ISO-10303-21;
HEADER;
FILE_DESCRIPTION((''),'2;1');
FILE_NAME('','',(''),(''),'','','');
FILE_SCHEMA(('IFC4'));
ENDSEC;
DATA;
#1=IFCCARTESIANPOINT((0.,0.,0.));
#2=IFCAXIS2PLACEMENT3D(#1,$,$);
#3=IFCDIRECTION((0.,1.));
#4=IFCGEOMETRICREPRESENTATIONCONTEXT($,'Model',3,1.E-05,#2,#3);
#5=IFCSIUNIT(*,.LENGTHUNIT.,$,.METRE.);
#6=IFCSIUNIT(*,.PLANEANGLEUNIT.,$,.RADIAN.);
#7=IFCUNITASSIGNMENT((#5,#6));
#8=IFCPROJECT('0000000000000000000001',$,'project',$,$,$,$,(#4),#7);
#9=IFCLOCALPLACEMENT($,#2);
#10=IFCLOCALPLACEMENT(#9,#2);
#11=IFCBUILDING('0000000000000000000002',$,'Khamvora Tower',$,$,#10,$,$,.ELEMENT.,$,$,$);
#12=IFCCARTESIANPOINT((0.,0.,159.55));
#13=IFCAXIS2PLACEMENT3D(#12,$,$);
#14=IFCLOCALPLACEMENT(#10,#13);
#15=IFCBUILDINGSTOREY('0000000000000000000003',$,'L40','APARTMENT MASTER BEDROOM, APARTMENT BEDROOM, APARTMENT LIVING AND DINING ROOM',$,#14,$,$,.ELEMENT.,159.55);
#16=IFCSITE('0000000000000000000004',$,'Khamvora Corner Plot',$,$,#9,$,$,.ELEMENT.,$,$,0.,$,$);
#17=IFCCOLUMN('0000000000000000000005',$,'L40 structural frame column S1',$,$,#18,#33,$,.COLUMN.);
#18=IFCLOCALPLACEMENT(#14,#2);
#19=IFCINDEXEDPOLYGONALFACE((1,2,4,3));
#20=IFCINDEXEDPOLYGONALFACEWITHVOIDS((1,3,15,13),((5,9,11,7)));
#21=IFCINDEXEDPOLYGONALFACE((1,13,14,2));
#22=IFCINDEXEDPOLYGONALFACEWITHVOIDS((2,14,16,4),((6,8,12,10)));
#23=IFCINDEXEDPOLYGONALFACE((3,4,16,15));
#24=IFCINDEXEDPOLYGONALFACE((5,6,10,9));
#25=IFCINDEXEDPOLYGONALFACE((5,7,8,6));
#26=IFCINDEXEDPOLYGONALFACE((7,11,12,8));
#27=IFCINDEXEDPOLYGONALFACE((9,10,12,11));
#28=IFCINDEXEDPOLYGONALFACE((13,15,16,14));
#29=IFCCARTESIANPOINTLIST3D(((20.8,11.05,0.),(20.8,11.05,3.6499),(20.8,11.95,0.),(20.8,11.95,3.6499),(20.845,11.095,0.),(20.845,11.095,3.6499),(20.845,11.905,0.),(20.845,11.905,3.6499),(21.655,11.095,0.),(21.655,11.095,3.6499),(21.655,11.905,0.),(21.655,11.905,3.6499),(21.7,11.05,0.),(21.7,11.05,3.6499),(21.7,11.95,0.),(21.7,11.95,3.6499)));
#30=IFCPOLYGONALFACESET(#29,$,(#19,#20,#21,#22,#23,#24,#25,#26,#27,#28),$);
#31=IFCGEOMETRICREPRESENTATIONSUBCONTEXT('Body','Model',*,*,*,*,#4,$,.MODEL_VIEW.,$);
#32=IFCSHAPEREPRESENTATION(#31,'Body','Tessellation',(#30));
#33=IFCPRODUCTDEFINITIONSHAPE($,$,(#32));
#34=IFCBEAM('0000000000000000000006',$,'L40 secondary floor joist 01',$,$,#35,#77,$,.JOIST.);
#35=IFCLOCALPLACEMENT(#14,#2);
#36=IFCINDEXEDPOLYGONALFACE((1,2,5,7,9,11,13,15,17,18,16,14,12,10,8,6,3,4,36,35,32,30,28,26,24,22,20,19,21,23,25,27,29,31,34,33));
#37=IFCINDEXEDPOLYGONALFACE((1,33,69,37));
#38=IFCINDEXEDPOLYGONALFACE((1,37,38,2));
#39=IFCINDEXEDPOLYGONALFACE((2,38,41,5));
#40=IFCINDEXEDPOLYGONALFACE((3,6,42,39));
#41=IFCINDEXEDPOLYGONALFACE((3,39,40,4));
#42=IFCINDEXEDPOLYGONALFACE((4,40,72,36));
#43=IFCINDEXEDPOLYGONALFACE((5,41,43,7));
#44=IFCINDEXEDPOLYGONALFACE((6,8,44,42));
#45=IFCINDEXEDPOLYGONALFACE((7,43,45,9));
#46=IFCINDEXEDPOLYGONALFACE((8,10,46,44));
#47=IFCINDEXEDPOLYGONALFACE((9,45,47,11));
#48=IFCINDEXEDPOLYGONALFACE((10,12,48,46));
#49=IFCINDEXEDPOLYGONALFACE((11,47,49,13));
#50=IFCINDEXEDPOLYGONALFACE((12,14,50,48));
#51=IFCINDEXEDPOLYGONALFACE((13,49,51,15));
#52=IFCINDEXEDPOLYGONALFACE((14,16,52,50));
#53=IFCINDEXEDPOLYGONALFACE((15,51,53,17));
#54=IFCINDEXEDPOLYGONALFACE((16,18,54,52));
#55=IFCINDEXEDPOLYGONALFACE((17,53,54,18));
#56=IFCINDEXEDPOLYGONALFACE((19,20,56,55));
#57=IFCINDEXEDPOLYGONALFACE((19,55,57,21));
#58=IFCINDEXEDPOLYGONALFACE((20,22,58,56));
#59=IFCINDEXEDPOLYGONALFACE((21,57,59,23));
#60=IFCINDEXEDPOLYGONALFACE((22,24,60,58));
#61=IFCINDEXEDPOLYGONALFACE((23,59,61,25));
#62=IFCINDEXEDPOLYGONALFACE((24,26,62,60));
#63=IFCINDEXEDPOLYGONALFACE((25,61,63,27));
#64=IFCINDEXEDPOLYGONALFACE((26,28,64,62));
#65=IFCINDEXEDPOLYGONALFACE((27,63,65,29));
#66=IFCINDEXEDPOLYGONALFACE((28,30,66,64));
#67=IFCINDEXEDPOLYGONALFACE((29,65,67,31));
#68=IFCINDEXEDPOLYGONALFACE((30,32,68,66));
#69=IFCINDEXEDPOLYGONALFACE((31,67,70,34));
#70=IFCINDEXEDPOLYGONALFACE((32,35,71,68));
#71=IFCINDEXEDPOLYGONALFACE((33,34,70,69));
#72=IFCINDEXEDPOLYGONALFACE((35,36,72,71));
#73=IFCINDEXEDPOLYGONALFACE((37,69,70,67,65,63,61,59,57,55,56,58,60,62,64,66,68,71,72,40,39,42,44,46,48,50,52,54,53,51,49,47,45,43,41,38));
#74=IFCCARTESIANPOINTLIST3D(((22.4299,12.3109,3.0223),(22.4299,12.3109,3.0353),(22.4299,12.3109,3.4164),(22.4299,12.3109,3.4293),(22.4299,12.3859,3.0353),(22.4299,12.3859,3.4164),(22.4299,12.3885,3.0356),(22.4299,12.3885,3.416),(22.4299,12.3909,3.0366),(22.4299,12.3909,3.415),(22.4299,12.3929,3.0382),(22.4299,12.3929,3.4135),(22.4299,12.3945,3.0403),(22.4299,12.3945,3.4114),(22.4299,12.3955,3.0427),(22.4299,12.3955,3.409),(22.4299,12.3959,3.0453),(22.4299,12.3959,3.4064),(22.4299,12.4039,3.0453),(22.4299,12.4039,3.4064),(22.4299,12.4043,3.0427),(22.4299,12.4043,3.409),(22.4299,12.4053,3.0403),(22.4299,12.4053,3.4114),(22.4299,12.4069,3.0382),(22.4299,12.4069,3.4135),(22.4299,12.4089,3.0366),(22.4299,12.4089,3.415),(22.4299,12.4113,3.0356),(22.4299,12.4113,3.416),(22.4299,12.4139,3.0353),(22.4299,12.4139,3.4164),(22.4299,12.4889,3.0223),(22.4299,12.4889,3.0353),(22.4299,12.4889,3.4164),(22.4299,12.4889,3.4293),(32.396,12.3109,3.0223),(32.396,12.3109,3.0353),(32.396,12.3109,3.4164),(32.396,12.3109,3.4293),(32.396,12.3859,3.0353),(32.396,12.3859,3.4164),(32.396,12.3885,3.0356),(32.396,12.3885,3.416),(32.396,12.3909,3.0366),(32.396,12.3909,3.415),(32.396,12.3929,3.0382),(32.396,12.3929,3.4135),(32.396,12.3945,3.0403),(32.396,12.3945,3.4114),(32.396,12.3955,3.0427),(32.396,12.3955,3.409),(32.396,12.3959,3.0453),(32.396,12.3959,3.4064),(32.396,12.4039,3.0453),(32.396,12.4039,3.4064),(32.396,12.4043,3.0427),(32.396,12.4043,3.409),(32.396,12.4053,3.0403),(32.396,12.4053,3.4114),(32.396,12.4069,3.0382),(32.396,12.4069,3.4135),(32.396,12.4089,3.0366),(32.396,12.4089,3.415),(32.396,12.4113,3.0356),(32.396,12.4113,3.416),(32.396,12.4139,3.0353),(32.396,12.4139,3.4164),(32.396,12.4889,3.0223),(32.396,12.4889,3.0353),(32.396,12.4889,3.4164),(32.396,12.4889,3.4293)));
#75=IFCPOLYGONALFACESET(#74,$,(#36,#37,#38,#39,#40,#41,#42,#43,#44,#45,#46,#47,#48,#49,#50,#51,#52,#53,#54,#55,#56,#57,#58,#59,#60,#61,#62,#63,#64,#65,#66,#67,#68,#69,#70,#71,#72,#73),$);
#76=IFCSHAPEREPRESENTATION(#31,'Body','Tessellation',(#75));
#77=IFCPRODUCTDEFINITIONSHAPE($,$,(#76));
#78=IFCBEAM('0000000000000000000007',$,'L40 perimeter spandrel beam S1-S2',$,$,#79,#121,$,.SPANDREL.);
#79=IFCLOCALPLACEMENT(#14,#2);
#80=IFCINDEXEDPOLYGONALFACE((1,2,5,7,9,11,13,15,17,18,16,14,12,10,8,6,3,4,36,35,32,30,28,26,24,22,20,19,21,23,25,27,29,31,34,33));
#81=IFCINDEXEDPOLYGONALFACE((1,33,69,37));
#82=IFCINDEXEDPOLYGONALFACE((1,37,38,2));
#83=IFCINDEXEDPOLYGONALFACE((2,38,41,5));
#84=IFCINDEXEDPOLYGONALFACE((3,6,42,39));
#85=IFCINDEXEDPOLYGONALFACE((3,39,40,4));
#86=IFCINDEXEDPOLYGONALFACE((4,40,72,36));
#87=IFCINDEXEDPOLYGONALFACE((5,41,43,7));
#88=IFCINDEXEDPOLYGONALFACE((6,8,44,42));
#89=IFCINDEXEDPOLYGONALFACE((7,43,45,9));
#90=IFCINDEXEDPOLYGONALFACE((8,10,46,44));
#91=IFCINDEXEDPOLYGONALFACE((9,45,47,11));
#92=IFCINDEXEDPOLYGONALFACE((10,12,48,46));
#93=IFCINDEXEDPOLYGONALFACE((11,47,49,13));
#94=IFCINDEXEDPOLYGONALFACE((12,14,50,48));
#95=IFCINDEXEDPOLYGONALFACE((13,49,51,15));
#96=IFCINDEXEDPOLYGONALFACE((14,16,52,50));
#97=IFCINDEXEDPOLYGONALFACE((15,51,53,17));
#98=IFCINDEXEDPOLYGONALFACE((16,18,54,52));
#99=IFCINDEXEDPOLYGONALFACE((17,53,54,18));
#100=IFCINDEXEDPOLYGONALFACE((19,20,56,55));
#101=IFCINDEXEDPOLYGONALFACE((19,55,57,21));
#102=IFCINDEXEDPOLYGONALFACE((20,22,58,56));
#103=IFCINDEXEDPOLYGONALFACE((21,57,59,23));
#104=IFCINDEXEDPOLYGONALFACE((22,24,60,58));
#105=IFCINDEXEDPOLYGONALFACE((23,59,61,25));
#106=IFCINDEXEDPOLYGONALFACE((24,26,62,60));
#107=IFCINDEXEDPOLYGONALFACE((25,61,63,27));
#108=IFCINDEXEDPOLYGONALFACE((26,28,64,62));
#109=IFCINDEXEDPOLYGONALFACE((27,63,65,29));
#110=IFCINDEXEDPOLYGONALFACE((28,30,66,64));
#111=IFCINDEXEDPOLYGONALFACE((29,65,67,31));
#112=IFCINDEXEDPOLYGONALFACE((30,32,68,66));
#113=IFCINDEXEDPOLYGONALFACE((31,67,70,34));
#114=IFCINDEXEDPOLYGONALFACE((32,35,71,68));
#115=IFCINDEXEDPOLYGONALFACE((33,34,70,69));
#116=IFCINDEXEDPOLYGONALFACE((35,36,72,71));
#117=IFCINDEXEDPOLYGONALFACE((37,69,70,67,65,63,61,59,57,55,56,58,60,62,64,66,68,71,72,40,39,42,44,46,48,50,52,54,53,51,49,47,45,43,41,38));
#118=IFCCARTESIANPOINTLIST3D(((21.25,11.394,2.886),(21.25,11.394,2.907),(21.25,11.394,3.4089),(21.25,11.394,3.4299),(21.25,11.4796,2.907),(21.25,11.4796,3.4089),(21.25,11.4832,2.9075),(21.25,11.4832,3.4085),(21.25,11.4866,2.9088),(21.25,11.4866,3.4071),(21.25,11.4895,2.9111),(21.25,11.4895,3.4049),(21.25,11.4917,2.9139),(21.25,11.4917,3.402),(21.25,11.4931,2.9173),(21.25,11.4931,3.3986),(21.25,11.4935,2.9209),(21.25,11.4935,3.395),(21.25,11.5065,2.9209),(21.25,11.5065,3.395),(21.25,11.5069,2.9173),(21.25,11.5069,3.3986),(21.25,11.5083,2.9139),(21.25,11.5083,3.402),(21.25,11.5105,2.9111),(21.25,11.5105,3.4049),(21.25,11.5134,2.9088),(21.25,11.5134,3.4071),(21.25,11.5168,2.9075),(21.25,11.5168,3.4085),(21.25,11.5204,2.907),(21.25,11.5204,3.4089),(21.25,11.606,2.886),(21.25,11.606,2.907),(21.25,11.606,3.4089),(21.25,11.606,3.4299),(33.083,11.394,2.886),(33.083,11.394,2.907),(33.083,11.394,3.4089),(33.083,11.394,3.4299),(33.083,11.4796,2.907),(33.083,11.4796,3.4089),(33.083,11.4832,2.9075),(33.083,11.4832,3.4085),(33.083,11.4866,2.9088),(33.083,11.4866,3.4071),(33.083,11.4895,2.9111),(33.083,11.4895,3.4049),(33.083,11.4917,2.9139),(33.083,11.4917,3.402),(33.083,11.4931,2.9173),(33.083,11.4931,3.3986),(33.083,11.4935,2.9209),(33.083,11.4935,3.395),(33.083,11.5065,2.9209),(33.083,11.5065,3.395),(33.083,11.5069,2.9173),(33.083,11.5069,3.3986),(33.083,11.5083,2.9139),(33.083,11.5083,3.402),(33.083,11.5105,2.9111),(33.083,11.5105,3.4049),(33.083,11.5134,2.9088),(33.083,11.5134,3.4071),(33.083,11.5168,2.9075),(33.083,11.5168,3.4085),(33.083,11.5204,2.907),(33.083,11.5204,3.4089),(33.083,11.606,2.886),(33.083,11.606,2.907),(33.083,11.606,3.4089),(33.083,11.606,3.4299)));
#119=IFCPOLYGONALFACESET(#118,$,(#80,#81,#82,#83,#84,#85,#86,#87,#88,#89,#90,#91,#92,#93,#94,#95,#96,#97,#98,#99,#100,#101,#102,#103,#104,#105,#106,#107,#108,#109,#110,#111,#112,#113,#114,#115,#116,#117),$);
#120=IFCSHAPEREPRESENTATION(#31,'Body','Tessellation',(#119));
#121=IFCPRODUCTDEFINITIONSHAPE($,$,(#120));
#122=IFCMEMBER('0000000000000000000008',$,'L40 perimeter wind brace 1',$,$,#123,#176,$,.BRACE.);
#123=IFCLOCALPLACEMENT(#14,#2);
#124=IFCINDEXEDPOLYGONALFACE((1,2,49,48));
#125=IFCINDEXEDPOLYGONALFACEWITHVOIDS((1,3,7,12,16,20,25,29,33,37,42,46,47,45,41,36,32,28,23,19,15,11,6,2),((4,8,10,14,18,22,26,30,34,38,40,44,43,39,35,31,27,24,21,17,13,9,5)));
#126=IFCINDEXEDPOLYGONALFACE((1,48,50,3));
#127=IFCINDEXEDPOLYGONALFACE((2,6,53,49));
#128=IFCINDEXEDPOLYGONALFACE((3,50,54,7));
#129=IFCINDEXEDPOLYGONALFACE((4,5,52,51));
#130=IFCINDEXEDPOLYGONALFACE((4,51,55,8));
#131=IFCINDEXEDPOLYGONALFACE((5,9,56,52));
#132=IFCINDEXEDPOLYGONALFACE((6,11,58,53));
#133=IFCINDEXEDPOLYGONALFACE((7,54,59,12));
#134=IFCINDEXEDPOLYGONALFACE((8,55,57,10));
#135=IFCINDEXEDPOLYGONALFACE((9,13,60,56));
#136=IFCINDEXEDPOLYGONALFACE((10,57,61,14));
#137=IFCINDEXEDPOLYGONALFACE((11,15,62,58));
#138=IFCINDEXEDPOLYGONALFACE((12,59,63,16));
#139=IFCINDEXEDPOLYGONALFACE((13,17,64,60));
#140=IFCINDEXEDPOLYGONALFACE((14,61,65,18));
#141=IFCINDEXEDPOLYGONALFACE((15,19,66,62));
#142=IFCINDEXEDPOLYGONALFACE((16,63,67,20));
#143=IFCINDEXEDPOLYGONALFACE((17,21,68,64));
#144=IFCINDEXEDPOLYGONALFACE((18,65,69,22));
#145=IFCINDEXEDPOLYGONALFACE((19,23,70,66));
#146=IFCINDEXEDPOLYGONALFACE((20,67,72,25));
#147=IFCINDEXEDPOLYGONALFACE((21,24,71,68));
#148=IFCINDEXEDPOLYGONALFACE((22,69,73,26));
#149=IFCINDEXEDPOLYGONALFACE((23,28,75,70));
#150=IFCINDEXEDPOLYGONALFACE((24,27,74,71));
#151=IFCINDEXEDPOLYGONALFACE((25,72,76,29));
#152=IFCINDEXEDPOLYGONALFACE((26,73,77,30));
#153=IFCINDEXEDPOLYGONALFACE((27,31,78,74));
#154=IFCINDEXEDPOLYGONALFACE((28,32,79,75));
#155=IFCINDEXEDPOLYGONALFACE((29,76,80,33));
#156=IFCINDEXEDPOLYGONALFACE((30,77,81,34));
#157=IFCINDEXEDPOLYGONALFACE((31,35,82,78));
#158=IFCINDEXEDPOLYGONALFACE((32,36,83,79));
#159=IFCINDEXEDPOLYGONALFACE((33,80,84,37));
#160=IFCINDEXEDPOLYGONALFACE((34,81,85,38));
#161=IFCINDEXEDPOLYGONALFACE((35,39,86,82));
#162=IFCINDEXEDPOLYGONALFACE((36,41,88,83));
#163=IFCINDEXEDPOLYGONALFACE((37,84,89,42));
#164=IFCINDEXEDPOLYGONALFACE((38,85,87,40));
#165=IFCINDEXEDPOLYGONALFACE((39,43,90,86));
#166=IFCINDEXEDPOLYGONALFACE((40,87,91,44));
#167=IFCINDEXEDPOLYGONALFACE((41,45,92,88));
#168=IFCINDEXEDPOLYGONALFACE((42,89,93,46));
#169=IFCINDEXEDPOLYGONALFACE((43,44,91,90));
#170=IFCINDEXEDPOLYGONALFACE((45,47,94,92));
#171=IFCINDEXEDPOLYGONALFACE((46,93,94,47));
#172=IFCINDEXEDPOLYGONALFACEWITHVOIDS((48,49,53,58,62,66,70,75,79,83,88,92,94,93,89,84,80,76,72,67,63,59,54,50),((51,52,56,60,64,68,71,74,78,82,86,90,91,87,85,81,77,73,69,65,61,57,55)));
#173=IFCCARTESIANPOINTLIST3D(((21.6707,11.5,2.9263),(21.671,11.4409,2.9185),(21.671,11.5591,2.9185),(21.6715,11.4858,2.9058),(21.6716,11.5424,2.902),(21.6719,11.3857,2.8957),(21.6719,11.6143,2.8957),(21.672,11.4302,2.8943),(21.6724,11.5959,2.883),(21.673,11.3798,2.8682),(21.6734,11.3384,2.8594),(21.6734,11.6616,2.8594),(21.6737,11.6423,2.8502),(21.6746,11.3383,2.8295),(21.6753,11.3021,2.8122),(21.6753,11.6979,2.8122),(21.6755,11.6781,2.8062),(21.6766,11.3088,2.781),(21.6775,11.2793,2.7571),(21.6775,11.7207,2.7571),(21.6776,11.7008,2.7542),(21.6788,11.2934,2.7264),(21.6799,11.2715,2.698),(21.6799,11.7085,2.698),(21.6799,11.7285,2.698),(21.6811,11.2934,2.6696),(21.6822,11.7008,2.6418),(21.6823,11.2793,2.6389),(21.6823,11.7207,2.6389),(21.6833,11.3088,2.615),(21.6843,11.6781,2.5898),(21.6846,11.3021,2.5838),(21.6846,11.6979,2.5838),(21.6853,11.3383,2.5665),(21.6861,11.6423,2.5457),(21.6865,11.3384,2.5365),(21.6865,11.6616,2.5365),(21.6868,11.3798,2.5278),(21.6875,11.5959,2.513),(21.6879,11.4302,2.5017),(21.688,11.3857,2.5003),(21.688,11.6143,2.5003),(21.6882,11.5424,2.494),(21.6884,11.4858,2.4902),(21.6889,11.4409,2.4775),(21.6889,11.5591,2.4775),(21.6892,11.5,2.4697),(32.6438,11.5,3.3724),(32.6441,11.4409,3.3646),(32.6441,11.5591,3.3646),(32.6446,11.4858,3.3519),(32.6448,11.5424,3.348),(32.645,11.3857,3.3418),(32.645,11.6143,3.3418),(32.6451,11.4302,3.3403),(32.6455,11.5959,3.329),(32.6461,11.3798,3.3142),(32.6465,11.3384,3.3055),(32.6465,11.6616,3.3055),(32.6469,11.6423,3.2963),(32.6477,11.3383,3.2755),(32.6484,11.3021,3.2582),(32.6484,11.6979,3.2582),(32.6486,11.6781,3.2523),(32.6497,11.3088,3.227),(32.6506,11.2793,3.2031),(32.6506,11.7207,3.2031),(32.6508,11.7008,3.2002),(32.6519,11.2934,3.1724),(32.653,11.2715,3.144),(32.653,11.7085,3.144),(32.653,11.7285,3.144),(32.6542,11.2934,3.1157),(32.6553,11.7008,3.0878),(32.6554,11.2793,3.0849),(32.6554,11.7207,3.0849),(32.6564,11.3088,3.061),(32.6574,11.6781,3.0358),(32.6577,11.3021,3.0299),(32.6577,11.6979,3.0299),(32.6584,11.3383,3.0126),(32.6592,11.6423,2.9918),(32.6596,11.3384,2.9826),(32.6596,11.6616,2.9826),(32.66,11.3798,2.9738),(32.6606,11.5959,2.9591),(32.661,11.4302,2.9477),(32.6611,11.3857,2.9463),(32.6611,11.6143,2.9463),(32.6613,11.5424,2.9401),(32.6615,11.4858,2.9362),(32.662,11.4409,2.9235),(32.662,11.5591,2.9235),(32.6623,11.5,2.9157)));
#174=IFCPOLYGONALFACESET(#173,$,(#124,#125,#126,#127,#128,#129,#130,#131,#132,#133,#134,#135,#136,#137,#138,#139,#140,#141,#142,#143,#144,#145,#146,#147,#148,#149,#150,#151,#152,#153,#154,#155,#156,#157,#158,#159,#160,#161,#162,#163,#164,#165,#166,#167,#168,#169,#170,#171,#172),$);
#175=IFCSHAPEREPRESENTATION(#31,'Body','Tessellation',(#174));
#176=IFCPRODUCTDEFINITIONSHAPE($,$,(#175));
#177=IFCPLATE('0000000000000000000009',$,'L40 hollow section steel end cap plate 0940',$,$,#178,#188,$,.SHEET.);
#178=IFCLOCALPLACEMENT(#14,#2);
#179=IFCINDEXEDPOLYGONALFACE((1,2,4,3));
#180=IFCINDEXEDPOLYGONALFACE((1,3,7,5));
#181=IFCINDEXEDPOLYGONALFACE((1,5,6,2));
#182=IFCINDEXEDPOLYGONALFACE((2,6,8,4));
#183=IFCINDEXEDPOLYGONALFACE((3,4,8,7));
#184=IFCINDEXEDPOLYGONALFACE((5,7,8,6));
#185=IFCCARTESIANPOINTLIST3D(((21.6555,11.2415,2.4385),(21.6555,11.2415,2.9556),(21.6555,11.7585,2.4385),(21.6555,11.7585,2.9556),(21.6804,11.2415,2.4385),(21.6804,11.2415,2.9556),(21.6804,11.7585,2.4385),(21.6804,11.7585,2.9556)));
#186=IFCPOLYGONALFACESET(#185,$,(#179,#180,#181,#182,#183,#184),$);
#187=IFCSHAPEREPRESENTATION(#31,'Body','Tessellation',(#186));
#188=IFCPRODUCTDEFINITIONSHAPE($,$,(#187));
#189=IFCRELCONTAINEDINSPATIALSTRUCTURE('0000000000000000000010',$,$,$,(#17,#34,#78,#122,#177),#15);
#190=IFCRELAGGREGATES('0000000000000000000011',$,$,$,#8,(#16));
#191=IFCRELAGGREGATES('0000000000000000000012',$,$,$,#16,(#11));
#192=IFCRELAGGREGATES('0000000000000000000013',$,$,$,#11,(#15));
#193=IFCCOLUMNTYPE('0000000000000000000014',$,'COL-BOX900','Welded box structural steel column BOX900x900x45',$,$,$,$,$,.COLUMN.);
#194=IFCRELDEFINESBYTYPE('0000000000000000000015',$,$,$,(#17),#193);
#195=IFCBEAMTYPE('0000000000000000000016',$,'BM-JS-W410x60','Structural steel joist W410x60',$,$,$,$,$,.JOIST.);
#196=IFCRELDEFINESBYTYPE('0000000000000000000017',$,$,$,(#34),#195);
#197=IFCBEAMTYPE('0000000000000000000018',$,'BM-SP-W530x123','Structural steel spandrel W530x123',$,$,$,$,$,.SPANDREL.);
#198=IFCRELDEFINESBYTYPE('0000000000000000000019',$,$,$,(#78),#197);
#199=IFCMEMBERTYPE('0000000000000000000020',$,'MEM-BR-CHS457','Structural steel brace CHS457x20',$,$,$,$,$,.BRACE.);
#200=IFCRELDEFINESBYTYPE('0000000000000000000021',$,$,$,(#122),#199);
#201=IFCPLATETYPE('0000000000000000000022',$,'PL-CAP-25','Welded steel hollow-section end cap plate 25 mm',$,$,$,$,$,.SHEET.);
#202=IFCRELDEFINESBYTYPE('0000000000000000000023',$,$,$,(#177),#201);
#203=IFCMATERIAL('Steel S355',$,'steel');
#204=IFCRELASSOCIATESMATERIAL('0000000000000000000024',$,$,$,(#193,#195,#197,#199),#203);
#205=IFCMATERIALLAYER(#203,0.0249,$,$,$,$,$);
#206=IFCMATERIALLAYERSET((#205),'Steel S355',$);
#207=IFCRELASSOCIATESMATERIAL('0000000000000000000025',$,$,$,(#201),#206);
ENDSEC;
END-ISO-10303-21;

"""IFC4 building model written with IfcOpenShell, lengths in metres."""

from ifc_helpers import new_model, si_unit, direction, frame, origin, origin_2d, place, context, subcontext, project, spatial, rectangle, hollow_rectangle, hollow_circle, i_section, extrude, material, layer, layer_set, material_profile, profile_set, type_object, element, save


model = new_model("IFC4")

# Units and contexts
model_context = context("Model", 3, precision=1e-05, world=origin(), true_north=direction((0.0, 1.0)))
body_context = subcontext(model_context, "Body", "Model", "MODEL_VIEW")
ifc_project = project(units=[si_unit("LENGTHUNIT", "METRE"), si_unit("PLANEANGLEUNIT", "RADIAN")], contexts=[model_context])

# Site, building, storey
site_placement = place(None, origin())
site = spatial("IfcSite", under=ifc_project, at=site_placement, Name="Khamvora Corner Plot", CompositionType="ELEMENT", RefElevation=0.0)
building_placement = place(site_placement, origin())
building = spatial("IfcBuilding", under=site, at=building_placement, Name="Khamvora Tower", CompositionType="ELEMENT")
storey_placement = place(building_placement, frame((0.0, 0.0, 159.55)))
storey = spatial("IfcBuildingStorey", under=building, at=storey_placement, Name="L40", Description="APARTMENT MASTER BEDROOM, APARTMENT BEDROOM, APARTMENT LIVING AND DINING ROOM", CompositionType="ELEMENT", Elevation=159.55)

# Column
ifc_material_1 = material(Name="Steel S355", Category="steel")
ifc_material_profile_1 = material_profile(ifc_material_1, hollow_rectangle(XDim=0.8999, YDim=0.8999, WallThickness=0.0449, at=origin_2d()), Name="BOX900x900x45")
ifc_profile_set_1 = profile_set([ifc_material_profile_1], Name="Steel S355")
column_type = type_object("IfcColumnType", Name="COL-BOX900", Description="Welded box structural steel column BOX900x900x45", PredefinedType="COLUMN", material=ifc_profile_set_1)
column_placement = place(storey_placement, frame((21.25, 11.5, 0.0), z_axis=(0.0, 0.0, 1.0), x_axis=(1.0, 0.0, 0.0)))
element("IfcColumn", 1, at=column_placement, inside=storey, type_object=column_type, Name="L40 structural frame column S1", PredefinedType="COLUMN", context=body_context, shape_type="SweptSolid", body=[
    extrude(hollow_rectangle(XDim=0.8999, YDim=0.8999, WallThickness=0.0449, at=origin_2d()), origin(), (0.0, 0.0, 1.0), 3.6499),
])

# Beams
ifc_material_profile_2 = material_profile(ifc_material_1, i_section(OverallWidth=0.178, OverallDepth=0.407, WebThickness=0.0081, FlangeThickness=0.0129, FilletRadius=0.01, at=origin_2d()), Name="W410x60")
ifc_profile_set_2 = profile_set([ifc_material_profile_2], Name="Steel S355")
beam_type_1 = type_object("IfcBeamType", Name="BM-JS-W410x60", Description="Structural steel joist W410x60", PredefinedType="JOIST", material=ifc_profile_set_2)
beam_1_placement = place(storey_placement, frame((22.4299, 12.3999, 3.2258), z_axis=(1.0, 0.0, 0.0), x_axis=(0.0, 1.0, 0.0)))
element("IfcBeam", 2, at=beam_1_placement, inside=storey, type_object=beam_type_1, Name="L40 secondary floor joist 01", PredefinedType="JOIST", context=body_context, shape_type="SweptSolid", body=[
    extrude(i_section(OverallWidth=0.178, OverallDepth=0.407, WebThickness=0.0081, FlangeThickness=0.0129, FilletRadius=0.01, at=origin_2d()), origin(), (0.0, 0.0, 1.0), 9.9661),
])
ifc_material_profile_3 = material_profile(ifc_material_1, i_section(OverallWidth=0.2119, OverallDepth=0.5439, WebThickness=0.0129, FlangeThickness=0.021, FilletRadius=0.0139, at=origin_2d()), Name="W530x123")
ifc_profile_set_3 = profile_set([ifc_material_profile_3], Name="Steel S355")
beam_type_2 = type_object("IfcBeamType", Name="BM-SP-W530x123", Description="Structural steel spandrel W530x123", PredefinedType="SPANDREL", material=ifc_profile_set_3)
beam_2_placement = place(storey_placement, frame((21.25, 11.5, 3.158), z_axis=(1.0, 0.0, 0.0), x_axis=(0.0, 1.0, 0.0)))
element("IfcBeam", 3, at=beam_2_placement, inside=storey, type_object=beam_type_2, Name="L40 perimeter spandrel beam S1-S2", PredefinedType="SPANDREL", context=body_context, shape_type="SweptSolid", body=[
    extrude(i_section(OverallWidth=0.2119, OverallDepth=0.5439, WebThickness=0.0129, FlangeThickness=0.021, FilletRadius=0.0139, at=origin_2d()), origin(), (0.0, 0.0, 1.0), 11.833),
])

# Member
ifc_material_profile_4 = material_profile(ifc_material_1, hollow_circle(Radius=0.2285, WallThickness=0.02, at=origin_2d()), Name="CHS457x20")
ifc_profile_set_4 = profile_set([ifc_material_profile_4], Name="Steel S355")
member_type = type_object("IfcMemberType", Name="MEM-BR-CHS457", Description="Structural steel brace CHS457x20", PredefinedType="BRACE", material=ifc_profile_set_4)
member_placement = place(storey_placement, frame((21.6799, 11.5, 2.698), z_axis=(0.999175, 0.0, 0.040615), x_axis=(0.0, 1.0, 0.0)))
element("IfcMember", 4, at=member_placement, inside=storey, type_object=member_type, Name="L40 perimeter wind brace 1", PredefinedType="BRACE", context=body_context, shape_type="SweptSolid", body=[
    extrude(hollow_circle(Radius=0.2285, WallThickness=0.02, at=origin_2d()), origin(), (0.0, 0.0, 1.0), 10.9822),
])

# Plate
ifc_layer_1 = layer(ifc_material_1, 0.0249)
ifc_layer_set_1 = layer_set([ifc_layer_1], Name="Steel S355")
plate_type_1 = type_object("IfcPlateType", Name="PL-CAP-25", Description="Welded steel hollow-section end cap plate 25 mm", PredefinedType="SHEET", material=ifc_layer_set_1)
plate_1_placement = place(storey_placement, frame((21.668, 11.5, 2.4385), z_axis=(0.0, 0.0, 1.0), x_axis=(1.0, 0.0, 0.0)))
element("IfcPlate", 5, at=plate_1_placement, inside=storey, type_object=plate_type_1, Name="L40 hollow section steel end cap plate 0940", PredefinedType="SHEET", context=body_context, shape_type="SweptSolid", body=[
    extrude(rectangle(XDim=0.0249, YDim=0.5171, at=origin_2d()), origin(), (0.0, 0.0, 1.0), 0.5171),
])

save(model, "model.ifc")
